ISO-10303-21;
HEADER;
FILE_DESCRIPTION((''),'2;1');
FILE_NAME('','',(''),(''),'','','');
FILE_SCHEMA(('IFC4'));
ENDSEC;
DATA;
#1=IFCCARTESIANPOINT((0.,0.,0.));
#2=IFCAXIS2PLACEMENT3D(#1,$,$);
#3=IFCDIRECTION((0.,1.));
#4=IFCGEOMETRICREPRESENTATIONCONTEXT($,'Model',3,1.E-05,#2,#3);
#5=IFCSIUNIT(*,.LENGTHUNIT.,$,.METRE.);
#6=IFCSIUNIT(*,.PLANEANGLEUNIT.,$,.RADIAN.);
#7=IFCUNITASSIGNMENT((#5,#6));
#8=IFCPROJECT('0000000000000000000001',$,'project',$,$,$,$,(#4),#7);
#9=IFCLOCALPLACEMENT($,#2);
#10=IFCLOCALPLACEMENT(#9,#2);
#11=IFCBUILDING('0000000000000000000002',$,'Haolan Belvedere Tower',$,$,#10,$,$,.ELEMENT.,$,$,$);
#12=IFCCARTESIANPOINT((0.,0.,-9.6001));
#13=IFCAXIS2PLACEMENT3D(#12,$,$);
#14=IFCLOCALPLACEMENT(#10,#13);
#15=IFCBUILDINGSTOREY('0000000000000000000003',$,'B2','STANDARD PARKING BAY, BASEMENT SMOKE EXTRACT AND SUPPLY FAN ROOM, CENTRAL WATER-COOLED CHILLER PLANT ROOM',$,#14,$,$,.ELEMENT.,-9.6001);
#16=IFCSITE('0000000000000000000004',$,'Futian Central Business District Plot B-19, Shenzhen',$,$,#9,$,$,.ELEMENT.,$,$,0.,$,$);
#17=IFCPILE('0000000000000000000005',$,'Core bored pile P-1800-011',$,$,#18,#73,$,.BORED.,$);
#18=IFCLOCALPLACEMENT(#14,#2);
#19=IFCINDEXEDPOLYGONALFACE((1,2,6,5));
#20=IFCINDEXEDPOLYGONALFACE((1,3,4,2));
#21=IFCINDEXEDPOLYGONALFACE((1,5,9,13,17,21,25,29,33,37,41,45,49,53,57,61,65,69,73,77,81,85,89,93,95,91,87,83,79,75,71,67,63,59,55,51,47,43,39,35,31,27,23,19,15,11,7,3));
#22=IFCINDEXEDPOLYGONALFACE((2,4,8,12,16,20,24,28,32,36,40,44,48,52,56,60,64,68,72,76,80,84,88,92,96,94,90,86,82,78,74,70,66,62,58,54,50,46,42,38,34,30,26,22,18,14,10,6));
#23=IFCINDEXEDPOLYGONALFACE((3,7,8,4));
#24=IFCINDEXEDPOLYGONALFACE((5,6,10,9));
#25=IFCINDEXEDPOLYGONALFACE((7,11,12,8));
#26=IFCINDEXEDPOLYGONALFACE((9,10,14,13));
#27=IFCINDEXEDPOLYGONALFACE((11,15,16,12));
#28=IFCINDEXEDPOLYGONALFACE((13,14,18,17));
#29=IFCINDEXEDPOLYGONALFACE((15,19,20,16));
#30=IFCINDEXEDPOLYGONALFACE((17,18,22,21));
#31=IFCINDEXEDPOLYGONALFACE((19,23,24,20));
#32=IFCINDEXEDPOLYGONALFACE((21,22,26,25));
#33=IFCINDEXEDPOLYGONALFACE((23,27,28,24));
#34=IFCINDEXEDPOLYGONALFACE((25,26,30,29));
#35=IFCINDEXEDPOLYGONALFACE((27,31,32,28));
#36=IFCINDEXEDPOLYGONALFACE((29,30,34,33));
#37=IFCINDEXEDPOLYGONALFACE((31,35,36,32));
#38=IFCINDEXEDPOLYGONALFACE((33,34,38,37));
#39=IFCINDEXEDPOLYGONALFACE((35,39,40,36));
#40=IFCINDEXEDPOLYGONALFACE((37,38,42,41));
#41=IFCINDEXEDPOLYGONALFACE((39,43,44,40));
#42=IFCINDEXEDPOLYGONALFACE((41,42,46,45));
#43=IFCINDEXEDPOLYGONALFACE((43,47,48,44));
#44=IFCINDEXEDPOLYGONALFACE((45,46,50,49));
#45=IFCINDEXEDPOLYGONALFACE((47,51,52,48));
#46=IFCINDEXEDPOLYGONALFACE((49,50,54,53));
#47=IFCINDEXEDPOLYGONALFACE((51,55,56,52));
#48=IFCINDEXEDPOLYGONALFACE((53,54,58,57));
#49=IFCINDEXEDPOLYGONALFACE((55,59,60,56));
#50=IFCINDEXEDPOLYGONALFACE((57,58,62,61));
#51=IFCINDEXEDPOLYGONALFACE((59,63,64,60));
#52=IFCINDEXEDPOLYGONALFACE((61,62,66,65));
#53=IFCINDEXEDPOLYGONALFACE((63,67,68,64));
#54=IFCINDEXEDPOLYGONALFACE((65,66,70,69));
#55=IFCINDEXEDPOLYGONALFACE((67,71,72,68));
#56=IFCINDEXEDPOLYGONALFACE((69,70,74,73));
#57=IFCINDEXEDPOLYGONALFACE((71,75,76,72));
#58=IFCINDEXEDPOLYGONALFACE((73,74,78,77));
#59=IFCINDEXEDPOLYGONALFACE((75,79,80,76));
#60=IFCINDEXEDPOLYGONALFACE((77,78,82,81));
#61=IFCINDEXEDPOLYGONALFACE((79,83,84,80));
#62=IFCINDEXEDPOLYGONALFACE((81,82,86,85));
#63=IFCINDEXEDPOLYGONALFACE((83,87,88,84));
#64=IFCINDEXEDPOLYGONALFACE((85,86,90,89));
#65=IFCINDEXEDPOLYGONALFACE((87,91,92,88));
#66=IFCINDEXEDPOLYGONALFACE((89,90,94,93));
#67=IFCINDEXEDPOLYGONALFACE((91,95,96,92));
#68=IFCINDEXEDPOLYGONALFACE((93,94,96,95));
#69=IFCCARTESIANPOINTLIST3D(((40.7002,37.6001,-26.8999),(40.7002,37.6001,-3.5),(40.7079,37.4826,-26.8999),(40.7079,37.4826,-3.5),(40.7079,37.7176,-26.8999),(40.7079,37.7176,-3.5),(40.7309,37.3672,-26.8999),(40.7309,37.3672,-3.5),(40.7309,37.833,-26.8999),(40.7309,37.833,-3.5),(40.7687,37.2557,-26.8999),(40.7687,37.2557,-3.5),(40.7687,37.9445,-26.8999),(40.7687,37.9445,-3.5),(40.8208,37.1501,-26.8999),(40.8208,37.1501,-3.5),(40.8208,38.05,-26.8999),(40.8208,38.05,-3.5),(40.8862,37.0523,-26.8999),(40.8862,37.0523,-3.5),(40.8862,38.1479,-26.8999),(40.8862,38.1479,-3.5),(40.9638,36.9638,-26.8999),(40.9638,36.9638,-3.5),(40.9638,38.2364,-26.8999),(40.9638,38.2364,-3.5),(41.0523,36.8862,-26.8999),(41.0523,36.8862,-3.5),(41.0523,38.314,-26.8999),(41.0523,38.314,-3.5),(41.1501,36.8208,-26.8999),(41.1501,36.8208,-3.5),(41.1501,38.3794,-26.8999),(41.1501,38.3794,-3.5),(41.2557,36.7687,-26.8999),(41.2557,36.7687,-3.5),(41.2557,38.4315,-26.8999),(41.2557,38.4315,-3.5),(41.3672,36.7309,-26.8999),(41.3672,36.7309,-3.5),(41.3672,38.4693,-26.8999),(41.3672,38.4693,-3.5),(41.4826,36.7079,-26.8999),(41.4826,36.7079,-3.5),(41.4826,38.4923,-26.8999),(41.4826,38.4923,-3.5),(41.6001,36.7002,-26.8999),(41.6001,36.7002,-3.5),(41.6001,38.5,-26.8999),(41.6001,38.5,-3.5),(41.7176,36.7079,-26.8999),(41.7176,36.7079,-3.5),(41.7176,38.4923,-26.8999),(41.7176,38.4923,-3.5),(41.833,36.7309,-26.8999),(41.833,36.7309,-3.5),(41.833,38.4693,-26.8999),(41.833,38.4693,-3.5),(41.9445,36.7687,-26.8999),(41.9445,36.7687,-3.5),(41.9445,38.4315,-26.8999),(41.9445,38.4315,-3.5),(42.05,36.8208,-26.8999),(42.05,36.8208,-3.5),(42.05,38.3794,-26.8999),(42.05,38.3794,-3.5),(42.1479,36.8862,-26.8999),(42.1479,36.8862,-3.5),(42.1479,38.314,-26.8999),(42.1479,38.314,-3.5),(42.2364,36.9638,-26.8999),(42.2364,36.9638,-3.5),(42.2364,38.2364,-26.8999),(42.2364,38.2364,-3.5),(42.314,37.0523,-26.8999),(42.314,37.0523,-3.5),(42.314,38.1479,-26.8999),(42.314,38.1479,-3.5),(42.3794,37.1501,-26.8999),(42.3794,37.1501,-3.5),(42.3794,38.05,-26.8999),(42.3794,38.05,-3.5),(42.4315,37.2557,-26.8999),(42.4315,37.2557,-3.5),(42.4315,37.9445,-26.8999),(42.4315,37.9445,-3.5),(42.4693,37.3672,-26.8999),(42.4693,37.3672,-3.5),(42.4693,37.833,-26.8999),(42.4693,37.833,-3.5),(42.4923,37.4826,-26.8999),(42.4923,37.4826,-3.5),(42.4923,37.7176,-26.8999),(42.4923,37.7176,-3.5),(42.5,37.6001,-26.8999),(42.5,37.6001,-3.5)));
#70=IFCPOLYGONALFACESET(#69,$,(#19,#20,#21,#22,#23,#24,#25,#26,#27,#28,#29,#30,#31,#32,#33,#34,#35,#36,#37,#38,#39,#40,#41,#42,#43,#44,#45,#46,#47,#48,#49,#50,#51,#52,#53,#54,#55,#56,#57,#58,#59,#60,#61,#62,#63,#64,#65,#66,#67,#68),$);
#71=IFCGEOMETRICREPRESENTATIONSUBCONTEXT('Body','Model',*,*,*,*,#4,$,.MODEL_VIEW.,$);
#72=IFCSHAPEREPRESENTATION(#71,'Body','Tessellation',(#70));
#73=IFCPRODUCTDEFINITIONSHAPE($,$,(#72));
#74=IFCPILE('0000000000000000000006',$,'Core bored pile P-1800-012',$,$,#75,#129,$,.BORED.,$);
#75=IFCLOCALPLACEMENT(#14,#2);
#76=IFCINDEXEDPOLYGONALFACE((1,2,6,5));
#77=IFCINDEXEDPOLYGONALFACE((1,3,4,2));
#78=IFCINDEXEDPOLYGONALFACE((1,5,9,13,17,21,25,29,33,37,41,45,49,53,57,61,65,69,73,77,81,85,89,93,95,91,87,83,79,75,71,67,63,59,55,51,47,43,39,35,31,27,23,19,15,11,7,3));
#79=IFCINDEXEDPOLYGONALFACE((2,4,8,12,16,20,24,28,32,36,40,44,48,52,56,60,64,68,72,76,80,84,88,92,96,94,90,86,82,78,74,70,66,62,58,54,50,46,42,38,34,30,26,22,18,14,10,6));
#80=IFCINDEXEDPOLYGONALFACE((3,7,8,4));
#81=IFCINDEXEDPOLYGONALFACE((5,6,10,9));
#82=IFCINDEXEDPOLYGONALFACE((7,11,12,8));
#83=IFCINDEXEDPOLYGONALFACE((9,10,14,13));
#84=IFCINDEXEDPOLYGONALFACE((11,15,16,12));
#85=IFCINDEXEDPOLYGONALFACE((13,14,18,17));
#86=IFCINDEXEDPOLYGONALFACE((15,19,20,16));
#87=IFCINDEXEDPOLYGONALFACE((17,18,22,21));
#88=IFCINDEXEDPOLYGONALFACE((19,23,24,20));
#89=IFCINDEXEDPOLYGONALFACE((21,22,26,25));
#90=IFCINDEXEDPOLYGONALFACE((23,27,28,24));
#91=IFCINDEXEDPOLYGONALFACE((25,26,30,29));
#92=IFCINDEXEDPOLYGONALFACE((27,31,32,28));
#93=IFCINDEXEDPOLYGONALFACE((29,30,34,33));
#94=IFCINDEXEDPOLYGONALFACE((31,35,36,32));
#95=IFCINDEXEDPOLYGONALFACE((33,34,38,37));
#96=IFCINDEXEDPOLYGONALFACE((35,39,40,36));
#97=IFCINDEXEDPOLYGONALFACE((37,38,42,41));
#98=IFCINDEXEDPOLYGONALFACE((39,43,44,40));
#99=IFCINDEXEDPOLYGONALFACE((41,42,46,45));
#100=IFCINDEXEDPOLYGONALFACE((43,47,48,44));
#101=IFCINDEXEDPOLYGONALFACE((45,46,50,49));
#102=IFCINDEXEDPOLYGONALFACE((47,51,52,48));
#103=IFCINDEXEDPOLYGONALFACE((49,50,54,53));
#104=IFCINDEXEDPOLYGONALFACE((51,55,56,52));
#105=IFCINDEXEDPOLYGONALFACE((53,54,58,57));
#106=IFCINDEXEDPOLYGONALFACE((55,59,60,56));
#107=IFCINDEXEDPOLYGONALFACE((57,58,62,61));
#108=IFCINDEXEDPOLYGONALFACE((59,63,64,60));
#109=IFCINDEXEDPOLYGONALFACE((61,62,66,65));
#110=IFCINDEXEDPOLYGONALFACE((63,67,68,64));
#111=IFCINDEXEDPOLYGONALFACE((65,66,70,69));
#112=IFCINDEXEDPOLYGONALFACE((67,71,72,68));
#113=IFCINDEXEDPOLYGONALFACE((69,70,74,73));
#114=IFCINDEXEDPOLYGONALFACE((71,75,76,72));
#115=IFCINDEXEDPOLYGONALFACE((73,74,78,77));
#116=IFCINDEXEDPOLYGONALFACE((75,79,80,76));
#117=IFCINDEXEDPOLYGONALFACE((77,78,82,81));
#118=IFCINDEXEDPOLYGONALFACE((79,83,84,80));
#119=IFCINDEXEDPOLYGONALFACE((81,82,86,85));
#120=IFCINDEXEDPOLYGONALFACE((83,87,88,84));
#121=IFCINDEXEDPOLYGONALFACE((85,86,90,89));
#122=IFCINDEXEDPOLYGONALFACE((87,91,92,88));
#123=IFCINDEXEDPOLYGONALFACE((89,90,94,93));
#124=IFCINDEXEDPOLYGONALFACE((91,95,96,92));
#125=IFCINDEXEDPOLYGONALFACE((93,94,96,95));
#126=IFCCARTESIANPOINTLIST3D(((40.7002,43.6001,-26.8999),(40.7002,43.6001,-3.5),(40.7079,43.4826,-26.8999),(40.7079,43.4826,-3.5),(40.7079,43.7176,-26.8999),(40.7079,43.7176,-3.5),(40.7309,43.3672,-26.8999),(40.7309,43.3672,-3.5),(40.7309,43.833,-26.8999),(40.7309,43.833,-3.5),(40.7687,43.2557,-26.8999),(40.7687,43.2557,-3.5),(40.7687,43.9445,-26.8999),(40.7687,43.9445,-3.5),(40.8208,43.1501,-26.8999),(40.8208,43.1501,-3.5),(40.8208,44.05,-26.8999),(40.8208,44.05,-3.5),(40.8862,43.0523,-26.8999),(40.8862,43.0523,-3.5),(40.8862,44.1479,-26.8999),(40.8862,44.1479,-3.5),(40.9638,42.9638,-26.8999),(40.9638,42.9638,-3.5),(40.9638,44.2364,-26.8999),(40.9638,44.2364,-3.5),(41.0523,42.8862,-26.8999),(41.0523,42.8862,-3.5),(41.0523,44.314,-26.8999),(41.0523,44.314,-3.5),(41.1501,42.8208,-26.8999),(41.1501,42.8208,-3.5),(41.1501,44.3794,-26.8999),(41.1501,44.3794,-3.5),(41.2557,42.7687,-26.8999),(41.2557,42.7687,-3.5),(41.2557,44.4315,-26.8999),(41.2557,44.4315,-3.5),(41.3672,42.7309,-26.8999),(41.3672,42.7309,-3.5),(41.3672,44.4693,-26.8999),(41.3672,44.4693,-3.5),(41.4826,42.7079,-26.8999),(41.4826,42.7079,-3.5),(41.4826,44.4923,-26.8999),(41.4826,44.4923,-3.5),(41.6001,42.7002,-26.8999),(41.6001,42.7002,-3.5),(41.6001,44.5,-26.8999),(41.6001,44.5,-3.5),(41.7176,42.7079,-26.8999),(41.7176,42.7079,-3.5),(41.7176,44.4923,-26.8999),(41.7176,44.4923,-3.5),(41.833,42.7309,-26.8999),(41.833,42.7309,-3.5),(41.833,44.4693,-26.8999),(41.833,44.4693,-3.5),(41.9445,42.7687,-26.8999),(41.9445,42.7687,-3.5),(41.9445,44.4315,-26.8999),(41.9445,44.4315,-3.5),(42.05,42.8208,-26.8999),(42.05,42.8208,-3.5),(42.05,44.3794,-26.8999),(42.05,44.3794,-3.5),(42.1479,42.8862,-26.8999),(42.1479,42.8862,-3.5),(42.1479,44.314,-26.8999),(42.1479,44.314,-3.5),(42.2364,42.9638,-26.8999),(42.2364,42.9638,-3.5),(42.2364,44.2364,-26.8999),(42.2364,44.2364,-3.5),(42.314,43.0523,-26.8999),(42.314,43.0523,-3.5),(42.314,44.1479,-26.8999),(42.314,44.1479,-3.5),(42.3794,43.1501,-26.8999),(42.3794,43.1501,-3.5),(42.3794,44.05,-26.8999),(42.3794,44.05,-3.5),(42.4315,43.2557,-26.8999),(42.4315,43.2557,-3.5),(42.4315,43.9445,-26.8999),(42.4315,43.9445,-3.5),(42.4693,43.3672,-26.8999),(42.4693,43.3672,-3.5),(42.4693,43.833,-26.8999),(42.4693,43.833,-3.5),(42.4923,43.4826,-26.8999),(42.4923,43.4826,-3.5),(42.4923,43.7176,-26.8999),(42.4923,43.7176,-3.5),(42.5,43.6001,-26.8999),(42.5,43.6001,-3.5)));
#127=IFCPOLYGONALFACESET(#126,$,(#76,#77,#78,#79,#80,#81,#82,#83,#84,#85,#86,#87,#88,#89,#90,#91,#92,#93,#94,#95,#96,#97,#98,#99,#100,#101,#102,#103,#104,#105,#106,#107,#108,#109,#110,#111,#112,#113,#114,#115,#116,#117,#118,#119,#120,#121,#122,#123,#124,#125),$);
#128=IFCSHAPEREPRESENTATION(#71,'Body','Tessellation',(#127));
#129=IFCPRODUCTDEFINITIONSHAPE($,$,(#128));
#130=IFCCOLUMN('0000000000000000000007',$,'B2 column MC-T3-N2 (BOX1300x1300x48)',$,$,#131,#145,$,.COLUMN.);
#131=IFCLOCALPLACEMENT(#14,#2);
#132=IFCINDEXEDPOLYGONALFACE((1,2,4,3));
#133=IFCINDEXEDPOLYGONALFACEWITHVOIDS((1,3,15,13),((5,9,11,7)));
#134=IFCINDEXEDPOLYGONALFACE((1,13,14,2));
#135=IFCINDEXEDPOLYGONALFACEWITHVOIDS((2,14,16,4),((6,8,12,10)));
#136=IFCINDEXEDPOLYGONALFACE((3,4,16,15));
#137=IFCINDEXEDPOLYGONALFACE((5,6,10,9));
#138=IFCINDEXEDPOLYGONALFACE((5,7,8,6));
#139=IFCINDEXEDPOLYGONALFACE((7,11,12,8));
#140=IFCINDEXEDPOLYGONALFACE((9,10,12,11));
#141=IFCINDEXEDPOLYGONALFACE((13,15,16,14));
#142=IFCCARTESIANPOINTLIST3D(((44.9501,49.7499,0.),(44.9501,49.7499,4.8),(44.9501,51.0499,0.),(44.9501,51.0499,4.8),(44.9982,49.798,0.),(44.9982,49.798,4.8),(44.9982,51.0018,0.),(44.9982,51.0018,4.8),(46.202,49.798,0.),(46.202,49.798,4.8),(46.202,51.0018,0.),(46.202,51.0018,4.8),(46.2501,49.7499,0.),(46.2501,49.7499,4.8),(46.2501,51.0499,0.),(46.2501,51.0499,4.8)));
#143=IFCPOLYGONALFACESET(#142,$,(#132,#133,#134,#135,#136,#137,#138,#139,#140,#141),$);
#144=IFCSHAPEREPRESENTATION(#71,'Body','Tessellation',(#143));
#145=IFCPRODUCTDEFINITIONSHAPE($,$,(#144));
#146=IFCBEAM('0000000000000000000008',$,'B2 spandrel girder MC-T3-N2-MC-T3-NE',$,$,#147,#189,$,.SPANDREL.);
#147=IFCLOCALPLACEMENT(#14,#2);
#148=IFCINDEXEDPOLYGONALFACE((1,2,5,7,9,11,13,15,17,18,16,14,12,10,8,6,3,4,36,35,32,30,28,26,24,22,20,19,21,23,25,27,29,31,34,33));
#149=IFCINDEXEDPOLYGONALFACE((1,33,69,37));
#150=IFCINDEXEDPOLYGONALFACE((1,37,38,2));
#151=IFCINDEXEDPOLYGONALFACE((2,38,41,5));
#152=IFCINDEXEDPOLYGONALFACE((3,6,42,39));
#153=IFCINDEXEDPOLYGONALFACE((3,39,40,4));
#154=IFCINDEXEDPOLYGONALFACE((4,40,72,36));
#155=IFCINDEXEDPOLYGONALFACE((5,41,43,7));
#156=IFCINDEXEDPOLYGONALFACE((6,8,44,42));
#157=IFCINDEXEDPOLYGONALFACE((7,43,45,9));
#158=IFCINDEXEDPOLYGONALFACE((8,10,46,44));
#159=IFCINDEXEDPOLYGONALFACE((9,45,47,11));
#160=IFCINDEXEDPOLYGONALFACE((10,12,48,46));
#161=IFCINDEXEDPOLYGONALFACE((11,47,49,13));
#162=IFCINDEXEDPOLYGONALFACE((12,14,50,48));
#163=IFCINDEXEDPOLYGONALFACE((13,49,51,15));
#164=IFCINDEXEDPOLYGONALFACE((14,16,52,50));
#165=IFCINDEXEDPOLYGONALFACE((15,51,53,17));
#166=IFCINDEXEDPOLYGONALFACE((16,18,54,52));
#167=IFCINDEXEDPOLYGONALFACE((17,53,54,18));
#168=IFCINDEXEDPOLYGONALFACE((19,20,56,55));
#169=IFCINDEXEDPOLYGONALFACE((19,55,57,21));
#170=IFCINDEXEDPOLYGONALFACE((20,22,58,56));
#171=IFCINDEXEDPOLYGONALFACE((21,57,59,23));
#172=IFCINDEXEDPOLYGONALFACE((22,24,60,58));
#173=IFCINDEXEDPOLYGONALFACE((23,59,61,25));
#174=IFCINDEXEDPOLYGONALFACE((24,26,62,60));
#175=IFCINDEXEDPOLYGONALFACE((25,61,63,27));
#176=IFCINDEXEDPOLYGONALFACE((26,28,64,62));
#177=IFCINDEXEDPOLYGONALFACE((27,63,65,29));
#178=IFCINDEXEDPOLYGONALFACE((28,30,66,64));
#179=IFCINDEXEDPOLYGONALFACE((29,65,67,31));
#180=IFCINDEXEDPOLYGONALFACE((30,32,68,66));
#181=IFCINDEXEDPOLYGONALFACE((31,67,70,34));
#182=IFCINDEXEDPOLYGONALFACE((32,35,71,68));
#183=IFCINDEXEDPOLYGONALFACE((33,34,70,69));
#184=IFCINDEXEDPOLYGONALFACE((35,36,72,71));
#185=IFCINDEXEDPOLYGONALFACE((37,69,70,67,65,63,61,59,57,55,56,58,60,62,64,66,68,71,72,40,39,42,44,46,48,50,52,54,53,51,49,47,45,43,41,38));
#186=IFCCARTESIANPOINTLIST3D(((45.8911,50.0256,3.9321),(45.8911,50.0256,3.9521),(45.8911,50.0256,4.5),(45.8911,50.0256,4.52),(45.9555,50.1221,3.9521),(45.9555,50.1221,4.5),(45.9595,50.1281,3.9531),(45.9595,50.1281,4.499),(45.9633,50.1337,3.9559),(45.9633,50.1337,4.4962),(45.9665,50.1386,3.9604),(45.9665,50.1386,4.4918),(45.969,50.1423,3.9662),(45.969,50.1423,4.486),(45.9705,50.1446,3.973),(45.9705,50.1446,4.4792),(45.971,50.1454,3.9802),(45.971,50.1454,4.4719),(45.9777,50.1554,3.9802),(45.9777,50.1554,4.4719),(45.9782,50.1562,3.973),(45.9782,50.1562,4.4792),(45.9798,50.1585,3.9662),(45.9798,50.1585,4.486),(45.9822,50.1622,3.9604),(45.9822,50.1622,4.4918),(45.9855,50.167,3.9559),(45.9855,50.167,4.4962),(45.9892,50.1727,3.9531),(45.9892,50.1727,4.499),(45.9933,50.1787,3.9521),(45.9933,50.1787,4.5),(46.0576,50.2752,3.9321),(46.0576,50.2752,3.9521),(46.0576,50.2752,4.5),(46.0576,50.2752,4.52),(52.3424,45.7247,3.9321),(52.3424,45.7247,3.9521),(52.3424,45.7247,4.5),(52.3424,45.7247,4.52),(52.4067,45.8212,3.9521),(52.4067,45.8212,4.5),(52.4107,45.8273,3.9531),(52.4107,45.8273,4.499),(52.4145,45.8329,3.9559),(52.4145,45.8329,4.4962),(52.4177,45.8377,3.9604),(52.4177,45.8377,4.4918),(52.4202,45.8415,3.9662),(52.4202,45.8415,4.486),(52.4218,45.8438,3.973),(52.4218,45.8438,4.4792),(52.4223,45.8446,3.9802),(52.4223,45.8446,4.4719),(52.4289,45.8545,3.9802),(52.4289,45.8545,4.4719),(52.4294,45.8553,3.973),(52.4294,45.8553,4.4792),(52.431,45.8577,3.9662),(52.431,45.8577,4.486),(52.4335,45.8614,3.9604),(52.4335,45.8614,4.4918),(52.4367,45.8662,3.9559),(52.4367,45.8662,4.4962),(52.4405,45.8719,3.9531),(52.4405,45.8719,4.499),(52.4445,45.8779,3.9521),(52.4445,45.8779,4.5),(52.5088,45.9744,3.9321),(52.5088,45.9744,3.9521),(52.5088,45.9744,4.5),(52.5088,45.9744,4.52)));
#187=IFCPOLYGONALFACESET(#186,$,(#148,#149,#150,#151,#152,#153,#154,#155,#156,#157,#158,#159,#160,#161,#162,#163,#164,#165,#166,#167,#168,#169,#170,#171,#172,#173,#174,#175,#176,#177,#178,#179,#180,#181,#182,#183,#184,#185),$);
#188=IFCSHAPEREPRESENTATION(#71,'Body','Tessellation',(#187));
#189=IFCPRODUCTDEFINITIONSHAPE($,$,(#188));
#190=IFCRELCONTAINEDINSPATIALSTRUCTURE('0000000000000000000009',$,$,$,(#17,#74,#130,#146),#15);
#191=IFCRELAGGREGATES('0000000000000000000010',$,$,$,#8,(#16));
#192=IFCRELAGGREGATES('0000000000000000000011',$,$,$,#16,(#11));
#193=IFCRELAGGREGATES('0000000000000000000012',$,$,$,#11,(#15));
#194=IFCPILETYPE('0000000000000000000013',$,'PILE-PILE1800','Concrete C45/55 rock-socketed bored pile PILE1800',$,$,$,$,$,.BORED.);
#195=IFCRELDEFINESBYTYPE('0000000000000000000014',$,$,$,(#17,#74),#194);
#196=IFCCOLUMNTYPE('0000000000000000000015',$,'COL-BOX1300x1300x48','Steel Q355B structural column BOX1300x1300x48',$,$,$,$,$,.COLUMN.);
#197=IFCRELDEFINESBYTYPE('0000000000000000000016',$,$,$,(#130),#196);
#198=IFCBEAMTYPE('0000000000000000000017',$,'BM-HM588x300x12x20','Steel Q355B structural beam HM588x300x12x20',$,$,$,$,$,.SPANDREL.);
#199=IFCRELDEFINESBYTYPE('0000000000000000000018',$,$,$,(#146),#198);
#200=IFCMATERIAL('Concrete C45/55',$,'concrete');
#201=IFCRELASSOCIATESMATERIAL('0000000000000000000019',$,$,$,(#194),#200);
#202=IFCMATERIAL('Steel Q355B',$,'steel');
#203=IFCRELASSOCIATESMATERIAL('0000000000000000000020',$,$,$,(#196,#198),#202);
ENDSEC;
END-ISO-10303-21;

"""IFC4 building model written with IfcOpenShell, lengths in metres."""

from ifc_helpers import new_model, si_unit, direction, frame, origin, origin_2d, place, context, subcontext, project, spatial, hollow_rectangle, circle, i_section, extrude, material, material_profile, profile_set, type_object, element, save


model = new_model("IFC4")

# Units and contexts
model_context = context("Model", 3, precision=1e-05, world=origin(), true_north=direction((0.0, 1.0)))
body_context = subcontext(model_context, "Body", "Model", "MODEL_VIEW")
ifc_project = project(units=[si_unit("LENGTHUNIT", "METRE"), si_unit("PLANEANGLEUNIT", "RADIAN")], contexts=[model_context])

# Site, building, storey
site_placement = place(None, origin())
site = spatial("IfcSite", under=ifc_project, at=site_placement, Name="Futian Central Business District Plot B-19, Shenzhen", CompositionType="ELEMENT", RefElevation=0.0)
building_placement = place(site_placement, origin())
building = spatial("IfcBuilding", under=site, at=building_placement, Name="Haolan Belvedere Tower", CompositionType="ELEMENT")
storey_placement = place(building_placement, frame((0.0, 0.0, -9.6001)))
storey = spatial("IfcBuildingStorey", under=building, at=storey_placement, Name="B2", Description="STANDARD PARKING BAY, BASEMENT SMOKE EXTRACT AND SUPPLY FAN ROOM, CENTRAL WATER-COOLED CHILLER PLANT ROOM", CompositionType="ELEMENT", Elevation=-9.6001)

# Piles
ifc_material_1 = material(Name="Concrete C45/55", Category="concrete")
ifc_material_profile_1 = material_profile(ifc_material_1, circle(Radius=0.8999, at=origin_2d()), Name="Concrete C45/55")
ifc_profile_set_1 = profile_set([ifc_material_profile_1], Name="Concrete C45/55")
pile_type_1 = type_object("IfcPileType", Name="PILE-PILE1800", Description="Concrete C45/55 rock-socketed bored pile PILE1800", PredefinedType="BORED", material=ifc_profile_set_1)
for number, where, z_axis, x_axis, name in (
    (1, (41.6001, 37.6001, -3.5), (0.0, 0.0, -1.0), (1.0, 0.0, 0.0), "Core bored pile P-1800-011"),
    (2, (41.6001, 43.6001, -3.5), (0.0, 0.0, -1.0), (1.0, 0.0, 0.0), "Core bored pile P-1800-012"),
):
    element("IfcPile", number, at=place(storey_placement, frame(where, z_axis=z_axis, x_axis=x_axis)), inside=storey, type_object=pile_type_1, Name=name, PredefinedType="BORED", context=body_context, shape_type="SweptSolid", body=[
        extrude(circle(Radius=0.8999, at=origin_2d()), origin(), (0.0, 0.0, 1.0), 23.3999),
    ])

# Column
ifc_material_2 = material(Name="Steel Q355B", Category="steel")
ifc_material_profile_2 = material_profile(ifc_material_2, hollow_rectangle(XDim=1.3, YDim=1.3, WallThickness=0.0481, at=origin_2d()), Name="Steel Q355B")
ifc_profile_set_2 = profile_set([ifc_material_profile_2], Name="Steel Q355B")
column_type = type_object("IfcColumnType", Name="COL-BOX1300x1300x48", Description="Steel Q355B structural column BOX1300x1300x48", PredefinedType="COLUMN", material=ifc_profile_set_2)
column_placement = place(storey_placement, frame((45.6001, 50.3999, 0.0), z_axis=(0.0, 0.0, 1.0), x_axis=(1.0, 0.0, 0.0)))
element("IfcColumn", 3, at=column_placement, inside=storey, type_object=column_type, Name="B2 column MC-T3-N2 (BOX1300x1300x48)", PredefinedType="COLUMN", context=body_context, shape_type="SweptSolid", body=[
    extrude(hollow_rectangle(XDim=1.3, YDim=1.3, WallThickness=0.0481, at=origin_2d()), origin(), (0.0, 0.0, 1.0), 4.8),
])

# Beam
ifc_material_profile_3 = material_profile(ifc_material_2, i_section(OverallWidth=0.3, OverallDepth=0.5879, WebThickness=0.012, FlangeThickness=0.02, FilletRadius=0.0281, at=origin_2d()), Name="Steel Q355B")
ifc_profile_set_3 = profile_set([ifc_material_profile_3], Name="Steel Q355B")
beam_type_1 = type_object("IfcBeamType", Name="BM-HM588x300x12x20", Description="Steel Q355B structural beam HM588x300x12x20", PredefinedType="SPANDREL", material=ifc_profile_set_3)
beam_1_placement = place(storey_placement, frame((45.9744, 50.1504, 4.2261), z_axis=(0.83205, -0.5547, 0.0), x_axis=(0.5547, 0.83205, 0.0)))
element("IfcBeam", 4, at=beam_1_placement, inside=storey, type_object=beam_type_1, Name="B2 spandrel girder MC-T3-N2-MC-T3-NE", PredefinedType="SPANDREL", context=body_context, shape_type="SweptSolid", body=[
    extrude(i_section(OverallWidth=0.3, OverallDepth=0.5879, WebThickness=0.012, FlangeThickness=0.02, FilletRadius=0.0281, at=origin_2d()), origin(), (0.0, 0.0, 1.0), 7.7534),
])

save(model, "model.ifc")
